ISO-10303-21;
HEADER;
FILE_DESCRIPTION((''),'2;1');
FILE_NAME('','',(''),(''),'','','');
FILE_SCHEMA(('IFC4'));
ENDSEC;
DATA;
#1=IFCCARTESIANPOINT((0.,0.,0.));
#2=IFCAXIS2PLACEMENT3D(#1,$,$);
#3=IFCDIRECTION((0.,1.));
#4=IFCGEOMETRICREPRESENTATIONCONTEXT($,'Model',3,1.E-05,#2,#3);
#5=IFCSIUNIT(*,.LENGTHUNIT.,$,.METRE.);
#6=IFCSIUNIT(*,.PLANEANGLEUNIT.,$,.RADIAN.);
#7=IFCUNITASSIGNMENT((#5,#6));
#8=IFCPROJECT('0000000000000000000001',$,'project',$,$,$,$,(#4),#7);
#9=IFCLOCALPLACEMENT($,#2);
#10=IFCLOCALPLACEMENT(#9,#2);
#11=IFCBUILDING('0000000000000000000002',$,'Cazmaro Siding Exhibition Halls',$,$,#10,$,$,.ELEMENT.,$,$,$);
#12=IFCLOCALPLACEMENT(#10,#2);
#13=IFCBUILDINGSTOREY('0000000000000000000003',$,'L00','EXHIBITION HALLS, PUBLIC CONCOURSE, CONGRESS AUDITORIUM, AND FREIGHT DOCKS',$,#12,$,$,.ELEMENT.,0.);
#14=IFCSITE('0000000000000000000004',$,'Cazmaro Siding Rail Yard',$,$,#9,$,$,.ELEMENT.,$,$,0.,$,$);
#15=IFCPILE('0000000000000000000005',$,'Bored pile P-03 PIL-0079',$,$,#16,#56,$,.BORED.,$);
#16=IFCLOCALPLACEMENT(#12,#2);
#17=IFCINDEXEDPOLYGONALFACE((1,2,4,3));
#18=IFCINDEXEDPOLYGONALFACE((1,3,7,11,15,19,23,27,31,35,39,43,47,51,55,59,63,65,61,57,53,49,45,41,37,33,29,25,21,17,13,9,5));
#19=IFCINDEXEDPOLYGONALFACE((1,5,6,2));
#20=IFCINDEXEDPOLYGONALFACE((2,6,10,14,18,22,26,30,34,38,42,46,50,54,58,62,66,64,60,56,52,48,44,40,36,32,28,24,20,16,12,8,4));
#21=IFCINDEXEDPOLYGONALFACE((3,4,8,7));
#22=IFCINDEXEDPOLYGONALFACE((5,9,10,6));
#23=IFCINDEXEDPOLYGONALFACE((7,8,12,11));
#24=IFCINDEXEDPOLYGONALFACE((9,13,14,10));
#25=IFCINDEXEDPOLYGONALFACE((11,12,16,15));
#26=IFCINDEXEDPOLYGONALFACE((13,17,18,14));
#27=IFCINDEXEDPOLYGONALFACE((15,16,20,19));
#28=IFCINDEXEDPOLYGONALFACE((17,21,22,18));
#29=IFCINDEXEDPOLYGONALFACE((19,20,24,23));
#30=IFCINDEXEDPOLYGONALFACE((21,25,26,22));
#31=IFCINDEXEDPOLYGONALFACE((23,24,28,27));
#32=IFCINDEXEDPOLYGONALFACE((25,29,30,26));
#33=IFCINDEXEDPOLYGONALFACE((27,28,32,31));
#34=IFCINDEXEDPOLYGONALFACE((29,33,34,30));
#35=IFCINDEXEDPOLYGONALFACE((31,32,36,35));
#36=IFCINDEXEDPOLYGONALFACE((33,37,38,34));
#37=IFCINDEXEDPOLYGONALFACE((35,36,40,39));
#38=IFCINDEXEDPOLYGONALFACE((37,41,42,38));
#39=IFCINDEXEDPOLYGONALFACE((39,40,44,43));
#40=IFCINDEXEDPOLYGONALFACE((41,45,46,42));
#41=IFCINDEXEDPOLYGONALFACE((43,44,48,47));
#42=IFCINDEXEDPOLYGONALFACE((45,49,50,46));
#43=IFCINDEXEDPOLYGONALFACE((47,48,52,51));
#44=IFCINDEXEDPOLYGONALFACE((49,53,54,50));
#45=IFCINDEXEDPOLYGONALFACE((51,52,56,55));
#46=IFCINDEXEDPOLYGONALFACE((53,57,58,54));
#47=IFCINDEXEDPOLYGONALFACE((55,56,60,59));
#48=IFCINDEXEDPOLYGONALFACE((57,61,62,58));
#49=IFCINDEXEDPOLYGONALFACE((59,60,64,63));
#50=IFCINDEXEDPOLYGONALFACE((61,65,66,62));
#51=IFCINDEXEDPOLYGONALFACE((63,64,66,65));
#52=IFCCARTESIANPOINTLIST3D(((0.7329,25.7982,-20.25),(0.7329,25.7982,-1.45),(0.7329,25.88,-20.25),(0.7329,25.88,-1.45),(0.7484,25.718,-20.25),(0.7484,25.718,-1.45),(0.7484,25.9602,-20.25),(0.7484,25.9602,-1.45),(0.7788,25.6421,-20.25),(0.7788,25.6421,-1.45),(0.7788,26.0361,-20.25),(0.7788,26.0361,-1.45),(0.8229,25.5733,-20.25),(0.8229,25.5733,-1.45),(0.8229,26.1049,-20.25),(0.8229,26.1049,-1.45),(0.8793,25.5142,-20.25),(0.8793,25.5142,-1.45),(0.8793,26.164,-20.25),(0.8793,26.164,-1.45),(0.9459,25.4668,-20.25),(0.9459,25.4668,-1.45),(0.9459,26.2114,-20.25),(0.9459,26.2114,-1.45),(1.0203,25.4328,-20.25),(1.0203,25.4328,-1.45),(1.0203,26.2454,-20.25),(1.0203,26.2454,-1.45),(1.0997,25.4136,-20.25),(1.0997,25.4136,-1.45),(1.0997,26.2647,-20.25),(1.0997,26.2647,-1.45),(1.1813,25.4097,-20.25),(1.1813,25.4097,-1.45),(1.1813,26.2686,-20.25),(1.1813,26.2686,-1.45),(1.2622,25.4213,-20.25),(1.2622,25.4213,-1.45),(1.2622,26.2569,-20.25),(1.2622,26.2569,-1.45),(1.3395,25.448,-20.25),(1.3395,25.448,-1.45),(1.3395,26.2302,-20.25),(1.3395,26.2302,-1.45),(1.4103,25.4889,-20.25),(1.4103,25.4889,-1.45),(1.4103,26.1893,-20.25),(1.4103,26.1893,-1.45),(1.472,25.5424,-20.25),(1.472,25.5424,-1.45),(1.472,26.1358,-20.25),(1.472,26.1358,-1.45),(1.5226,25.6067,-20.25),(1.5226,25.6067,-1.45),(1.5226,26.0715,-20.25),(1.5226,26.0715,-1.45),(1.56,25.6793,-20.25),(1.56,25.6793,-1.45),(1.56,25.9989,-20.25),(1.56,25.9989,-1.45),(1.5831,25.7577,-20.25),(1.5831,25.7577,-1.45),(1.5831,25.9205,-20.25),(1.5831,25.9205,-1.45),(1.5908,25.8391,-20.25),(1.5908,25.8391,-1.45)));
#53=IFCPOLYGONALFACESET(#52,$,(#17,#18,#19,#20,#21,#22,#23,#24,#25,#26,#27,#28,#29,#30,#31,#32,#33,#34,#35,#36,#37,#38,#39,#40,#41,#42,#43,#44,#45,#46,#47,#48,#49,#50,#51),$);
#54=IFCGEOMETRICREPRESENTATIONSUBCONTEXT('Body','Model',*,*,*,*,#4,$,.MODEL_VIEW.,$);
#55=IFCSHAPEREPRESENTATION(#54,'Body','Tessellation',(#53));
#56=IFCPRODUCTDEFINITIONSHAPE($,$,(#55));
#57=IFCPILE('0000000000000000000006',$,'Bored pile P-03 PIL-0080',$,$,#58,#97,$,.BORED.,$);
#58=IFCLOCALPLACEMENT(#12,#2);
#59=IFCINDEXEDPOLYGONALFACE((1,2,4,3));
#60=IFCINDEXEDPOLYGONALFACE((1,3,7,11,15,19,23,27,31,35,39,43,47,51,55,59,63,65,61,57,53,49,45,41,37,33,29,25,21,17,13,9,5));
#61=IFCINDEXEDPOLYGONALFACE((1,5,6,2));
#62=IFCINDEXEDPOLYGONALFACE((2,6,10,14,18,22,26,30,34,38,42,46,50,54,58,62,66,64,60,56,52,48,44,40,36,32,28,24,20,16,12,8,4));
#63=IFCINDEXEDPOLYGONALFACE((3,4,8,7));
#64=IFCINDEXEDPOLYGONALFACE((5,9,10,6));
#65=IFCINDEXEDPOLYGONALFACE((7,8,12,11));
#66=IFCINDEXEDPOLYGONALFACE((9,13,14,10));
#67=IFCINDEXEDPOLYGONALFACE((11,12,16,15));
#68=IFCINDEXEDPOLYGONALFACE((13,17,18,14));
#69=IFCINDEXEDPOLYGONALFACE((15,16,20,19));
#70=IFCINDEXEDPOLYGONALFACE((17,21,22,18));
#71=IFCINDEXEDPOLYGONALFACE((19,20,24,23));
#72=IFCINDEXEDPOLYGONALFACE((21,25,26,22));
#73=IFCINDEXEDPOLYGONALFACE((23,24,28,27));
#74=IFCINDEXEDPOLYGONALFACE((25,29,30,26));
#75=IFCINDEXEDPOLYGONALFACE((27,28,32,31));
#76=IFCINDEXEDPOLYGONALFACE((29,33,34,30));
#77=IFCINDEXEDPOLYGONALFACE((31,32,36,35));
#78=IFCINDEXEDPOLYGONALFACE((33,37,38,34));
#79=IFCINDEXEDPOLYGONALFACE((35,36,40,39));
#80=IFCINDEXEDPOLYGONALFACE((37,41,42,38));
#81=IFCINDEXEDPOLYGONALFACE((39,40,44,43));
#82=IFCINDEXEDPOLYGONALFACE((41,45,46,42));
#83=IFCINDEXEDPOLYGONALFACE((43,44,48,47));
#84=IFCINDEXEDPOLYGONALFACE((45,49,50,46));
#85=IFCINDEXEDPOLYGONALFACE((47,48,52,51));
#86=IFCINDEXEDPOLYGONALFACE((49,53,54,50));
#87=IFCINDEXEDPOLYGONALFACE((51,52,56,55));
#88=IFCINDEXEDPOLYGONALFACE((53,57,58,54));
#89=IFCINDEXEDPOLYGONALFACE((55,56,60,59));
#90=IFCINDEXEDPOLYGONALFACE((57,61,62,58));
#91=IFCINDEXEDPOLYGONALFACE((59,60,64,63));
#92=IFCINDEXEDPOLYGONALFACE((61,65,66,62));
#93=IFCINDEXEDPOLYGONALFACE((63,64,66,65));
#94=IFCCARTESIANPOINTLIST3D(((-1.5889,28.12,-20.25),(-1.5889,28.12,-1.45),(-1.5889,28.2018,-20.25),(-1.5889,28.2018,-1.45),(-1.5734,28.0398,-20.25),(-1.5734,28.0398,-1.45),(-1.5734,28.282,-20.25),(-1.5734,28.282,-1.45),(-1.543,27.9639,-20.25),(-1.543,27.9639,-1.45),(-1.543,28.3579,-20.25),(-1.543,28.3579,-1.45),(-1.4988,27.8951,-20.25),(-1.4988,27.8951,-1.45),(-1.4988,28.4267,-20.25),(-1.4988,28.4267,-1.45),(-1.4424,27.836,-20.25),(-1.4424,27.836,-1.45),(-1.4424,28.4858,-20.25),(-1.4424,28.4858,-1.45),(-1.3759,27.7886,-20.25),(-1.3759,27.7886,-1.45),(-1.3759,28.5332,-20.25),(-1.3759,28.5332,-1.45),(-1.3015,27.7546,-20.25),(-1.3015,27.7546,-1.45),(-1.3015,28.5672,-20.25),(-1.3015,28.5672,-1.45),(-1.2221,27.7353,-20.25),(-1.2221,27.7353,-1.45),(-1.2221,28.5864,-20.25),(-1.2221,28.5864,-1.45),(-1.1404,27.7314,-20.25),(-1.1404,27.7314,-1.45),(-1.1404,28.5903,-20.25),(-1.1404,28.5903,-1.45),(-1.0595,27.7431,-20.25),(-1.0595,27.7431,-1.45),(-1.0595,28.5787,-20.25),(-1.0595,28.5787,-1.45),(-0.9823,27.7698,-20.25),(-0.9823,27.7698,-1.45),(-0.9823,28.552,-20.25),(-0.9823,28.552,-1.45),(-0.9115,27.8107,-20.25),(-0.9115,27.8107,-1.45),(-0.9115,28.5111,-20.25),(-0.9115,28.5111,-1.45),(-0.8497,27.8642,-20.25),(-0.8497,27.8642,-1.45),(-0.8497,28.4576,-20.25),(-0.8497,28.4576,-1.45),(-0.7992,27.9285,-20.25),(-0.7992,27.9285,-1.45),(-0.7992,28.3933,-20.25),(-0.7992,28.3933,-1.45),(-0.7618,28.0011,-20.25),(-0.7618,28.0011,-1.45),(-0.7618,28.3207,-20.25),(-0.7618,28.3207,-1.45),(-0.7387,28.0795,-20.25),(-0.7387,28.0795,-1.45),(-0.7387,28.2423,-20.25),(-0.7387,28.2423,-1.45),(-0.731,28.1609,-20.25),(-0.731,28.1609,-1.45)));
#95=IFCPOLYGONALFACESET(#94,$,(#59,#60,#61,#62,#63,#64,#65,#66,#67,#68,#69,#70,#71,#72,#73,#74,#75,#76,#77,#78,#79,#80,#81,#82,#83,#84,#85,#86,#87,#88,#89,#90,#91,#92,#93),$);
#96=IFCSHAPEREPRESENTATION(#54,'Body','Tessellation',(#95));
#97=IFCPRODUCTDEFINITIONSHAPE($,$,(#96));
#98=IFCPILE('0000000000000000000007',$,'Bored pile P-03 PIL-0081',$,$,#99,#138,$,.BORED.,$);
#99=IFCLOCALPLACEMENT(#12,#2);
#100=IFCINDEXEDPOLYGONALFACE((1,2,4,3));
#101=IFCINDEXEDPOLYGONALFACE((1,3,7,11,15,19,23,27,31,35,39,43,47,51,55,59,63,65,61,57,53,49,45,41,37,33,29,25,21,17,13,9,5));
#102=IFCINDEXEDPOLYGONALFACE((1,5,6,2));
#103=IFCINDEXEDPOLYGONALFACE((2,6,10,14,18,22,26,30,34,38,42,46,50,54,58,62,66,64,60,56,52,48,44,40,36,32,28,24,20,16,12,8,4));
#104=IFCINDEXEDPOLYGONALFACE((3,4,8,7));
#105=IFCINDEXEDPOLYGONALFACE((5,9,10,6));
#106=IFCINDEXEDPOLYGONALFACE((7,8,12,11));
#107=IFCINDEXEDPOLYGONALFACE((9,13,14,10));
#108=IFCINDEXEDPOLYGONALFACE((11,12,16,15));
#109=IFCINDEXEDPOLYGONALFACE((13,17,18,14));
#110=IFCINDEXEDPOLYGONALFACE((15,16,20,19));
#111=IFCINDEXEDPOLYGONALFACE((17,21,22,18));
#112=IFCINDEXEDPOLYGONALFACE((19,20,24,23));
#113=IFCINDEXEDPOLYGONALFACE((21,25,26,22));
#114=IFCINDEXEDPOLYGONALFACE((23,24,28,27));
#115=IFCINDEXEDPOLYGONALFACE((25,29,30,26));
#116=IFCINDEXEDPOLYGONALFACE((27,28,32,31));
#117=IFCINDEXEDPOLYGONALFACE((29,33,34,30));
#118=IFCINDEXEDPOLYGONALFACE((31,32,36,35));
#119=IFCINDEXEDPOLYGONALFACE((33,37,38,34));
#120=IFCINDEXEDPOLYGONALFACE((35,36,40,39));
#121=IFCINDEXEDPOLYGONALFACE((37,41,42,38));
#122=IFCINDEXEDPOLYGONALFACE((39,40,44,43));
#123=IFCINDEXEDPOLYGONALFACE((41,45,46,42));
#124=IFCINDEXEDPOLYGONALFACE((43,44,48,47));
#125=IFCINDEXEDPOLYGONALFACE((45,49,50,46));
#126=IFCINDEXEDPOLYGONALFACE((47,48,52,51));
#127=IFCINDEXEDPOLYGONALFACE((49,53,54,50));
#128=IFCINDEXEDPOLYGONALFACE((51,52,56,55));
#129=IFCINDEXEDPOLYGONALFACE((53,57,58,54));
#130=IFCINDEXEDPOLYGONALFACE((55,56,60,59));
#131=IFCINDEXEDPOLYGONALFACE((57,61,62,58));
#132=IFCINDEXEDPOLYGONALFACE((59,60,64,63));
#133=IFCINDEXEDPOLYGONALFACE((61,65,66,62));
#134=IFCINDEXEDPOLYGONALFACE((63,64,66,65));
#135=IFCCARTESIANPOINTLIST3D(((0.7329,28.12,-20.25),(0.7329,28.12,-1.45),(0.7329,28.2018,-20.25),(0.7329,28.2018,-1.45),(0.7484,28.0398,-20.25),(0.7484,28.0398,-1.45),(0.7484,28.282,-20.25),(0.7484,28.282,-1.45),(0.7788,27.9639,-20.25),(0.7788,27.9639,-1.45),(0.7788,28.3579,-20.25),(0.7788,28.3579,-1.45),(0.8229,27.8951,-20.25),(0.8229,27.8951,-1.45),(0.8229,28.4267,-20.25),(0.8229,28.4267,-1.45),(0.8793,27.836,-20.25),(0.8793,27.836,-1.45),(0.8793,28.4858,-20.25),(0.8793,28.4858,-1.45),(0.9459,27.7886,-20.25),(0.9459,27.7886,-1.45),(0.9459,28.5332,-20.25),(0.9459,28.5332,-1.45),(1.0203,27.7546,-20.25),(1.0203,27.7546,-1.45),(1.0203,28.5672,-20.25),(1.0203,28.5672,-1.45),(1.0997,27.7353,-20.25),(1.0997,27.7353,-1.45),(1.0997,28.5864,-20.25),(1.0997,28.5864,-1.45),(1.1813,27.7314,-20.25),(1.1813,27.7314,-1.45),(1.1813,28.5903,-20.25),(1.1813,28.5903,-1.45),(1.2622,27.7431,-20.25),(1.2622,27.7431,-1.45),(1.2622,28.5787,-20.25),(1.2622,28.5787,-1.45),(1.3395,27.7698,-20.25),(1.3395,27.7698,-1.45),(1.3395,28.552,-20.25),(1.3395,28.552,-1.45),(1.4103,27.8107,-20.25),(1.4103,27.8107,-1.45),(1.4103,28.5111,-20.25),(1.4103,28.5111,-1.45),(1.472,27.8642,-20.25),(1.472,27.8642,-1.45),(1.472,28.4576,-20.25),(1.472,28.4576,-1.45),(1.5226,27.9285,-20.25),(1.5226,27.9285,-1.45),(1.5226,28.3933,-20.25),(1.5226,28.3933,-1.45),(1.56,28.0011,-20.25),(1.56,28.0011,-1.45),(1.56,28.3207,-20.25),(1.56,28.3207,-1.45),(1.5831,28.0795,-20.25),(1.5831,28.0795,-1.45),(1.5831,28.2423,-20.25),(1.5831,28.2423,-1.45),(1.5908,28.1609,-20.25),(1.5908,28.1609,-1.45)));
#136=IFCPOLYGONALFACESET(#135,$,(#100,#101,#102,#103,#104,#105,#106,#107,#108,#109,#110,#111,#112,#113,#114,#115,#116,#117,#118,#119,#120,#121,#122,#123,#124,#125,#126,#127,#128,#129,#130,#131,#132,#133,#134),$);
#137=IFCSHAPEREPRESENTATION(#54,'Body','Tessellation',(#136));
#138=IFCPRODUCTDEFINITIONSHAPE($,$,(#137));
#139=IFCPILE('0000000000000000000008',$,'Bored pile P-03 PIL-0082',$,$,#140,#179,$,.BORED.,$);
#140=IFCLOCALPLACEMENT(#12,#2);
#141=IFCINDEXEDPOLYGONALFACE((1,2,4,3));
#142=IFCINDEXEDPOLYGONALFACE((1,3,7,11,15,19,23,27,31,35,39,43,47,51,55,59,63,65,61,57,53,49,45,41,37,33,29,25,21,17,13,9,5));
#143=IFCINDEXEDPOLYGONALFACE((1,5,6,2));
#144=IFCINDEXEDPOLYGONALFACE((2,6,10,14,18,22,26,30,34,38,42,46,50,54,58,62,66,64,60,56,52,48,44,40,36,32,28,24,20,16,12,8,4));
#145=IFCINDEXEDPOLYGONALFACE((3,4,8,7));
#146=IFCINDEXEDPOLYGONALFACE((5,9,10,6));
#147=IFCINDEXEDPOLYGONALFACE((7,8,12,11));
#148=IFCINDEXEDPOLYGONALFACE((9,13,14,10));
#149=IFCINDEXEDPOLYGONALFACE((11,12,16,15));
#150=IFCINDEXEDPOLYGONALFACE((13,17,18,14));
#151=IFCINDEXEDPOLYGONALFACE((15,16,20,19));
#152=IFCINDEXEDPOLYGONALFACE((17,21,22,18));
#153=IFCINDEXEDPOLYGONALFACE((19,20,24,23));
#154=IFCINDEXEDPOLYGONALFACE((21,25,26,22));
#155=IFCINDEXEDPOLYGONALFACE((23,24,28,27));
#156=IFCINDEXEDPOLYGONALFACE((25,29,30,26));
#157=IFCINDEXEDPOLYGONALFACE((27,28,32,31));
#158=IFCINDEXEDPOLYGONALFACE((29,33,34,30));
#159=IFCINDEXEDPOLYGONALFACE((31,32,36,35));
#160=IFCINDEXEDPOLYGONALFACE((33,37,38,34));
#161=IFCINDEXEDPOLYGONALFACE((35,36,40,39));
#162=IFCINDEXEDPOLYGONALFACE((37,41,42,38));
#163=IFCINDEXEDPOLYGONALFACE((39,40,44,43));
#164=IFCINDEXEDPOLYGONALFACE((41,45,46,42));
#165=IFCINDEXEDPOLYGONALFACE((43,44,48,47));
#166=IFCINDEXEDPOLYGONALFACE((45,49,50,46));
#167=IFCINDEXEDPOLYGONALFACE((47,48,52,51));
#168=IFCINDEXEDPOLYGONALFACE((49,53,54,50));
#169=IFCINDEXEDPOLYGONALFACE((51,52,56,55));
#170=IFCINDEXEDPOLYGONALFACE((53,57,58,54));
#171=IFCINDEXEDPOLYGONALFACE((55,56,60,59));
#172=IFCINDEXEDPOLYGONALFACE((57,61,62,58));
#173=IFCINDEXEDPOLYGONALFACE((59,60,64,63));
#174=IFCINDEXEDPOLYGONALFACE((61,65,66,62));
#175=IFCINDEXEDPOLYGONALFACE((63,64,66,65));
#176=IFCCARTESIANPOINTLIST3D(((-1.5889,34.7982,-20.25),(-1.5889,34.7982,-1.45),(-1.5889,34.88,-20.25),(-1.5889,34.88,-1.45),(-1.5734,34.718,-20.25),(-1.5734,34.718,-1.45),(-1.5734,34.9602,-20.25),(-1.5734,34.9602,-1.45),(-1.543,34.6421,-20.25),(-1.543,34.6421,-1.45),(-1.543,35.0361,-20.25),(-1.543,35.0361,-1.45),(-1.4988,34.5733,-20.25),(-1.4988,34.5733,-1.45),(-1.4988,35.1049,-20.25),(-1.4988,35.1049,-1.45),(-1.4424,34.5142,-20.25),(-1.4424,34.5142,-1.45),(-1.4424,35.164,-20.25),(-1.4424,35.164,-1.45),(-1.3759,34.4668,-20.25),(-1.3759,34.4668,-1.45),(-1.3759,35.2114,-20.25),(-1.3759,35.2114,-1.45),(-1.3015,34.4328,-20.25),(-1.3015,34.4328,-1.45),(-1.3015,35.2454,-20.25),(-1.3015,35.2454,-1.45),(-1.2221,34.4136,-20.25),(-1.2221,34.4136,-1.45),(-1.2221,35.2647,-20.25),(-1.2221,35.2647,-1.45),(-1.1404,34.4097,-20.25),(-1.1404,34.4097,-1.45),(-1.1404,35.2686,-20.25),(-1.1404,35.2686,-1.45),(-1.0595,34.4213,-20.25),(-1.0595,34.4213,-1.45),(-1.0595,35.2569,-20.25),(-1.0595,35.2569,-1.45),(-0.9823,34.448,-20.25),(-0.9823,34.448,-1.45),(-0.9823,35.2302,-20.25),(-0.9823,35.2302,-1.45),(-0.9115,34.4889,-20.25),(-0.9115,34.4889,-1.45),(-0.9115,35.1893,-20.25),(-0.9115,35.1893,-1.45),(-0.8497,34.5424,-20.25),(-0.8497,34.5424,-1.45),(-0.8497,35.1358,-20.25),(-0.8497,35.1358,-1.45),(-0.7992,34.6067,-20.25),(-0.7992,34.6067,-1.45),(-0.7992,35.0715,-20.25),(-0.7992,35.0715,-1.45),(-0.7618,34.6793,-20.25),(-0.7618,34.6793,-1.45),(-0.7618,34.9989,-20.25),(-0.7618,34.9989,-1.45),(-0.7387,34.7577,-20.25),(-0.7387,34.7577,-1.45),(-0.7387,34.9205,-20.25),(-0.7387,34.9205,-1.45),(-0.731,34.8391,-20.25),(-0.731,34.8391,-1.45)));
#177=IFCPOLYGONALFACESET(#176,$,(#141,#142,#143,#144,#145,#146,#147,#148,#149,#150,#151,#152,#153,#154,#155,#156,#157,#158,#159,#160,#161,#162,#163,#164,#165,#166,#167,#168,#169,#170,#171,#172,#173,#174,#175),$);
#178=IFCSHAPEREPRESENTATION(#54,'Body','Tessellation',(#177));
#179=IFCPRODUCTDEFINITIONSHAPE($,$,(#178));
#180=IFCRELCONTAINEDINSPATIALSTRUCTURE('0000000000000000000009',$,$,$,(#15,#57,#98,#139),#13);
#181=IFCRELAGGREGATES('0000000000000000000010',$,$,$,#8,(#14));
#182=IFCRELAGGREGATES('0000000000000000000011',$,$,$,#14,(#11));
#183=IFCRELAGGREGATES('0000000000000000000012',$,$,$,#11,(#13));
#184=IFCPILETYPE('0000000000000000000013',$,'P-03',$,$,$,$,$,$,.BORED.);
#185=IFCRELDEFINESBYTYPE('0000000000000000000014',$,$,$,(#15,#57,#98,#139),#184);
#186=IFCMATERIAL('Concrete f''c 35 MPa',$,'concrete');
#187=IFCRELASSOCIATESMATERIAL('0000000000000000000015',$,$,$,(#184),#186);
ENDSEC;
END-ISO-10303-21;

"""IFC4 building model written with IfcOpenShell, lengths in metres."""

from ifc_helpers import new_model, si_unit, direction, frame, origin, origin_2d, place, context, subcontext, project, spatial, circle, extrude, material, material_profile, profile_set, type_object, element, save


model = new_model("IFC4")

# Units and contexts
model_context = context("Model", 3, precision=1e-05, world=origin(), true_north=direction((0.0, 1.0)))
body_context = subcontext(model_context, "Body", "Model", "MODEL_VIEW")
ifc_project = project(units=[si_unit("LENGTHUNIT", "METRE"), si_unit("PLANEANGLEUNIT", "RADIAN")], contexts=[model_context])

# Site, building, storey
site_placement = place(None, origin())
site = spatial("IfcSite", under=ifc_project, at=site_placement, Name="Cazmaro Siding Rail Yard", CompositionType="ELEMENT", RefElevation=0.0)
building_placement = place(site_placement, origin())
building = spatial("IfcBuilding", under=site, at=building_placement, Name="Cazmaro Siding Exhibition Halls", CompositionType="ELEMENT")
storey_placement = place(building_placement, origin())
storey = spatial("IfcBuildingStorey", under=building, at=storey_placement, Name="L00", Description="EXHIBITION HALLS, PUBLIC CONCOURSE, CONGRESS AUDITORIUM, AND FREIGHT DOCKS", CompositionType="ELEMENT", Elevation=0.0)

# Piles
ifc_material_1 = material(Name="Concrete f'c 35 MPa", Category="concrete")
ifc_material_profile_1 = material_profile(ifc_material_1, circle(Radius=0.4299, at=origin_2d()), Name="CIDH-860")
ifc_profile_set_1 = profile_set([ifc_material_profile_1], Name="Concrete f'c 35 MPa")
pile_type_1 = type_object("IfcPileType", Name="P-03", PredefinedType="BORED", material=ifc_profile_set_1)
for number, where, z_axis, x_axis, name in (
    (1, (1.1609, 25.8391, -1.45), (0.0, 0.0, -1.0), (1.0, 0.0, 0.0), "Bored pile P-03 PIL-0079"),
    (2, (-1.1609, 28.1609, -1.45), (0.0, 0.0, -1.0), (1.0, 0.0, 0.0), "Bored pile P-03 PIL-0080"),
    (3, (1.1609, 28.1609, -1.45), (0.0, 0.0, -1.0), (1.0, 0.0, 0.0), "Bored pile P-03 PIL-0081"),
    (4, (-1.1609, 34.8391, -1.45), (0.0, 0.0, -1.0), (1.0, 0.0, 0.0), "Bored pile P-03 PIL-0082"),
):
    element("IfcPile", number, at=place(storey_placement, frame(where, z_axis=z_axis, x_axis=x_axis)), inside=storey, type_object=pile_type_1, Name=name, PredefinedType="BORED", context=body_context, shape_type="SweptSolid", body=[
        extrude(circle(Radius=0.4299, at=origin_2d()), origin(), (0.0, 0.0, 1.0), 18.8),
    ])

save(model, "model.ifc")
